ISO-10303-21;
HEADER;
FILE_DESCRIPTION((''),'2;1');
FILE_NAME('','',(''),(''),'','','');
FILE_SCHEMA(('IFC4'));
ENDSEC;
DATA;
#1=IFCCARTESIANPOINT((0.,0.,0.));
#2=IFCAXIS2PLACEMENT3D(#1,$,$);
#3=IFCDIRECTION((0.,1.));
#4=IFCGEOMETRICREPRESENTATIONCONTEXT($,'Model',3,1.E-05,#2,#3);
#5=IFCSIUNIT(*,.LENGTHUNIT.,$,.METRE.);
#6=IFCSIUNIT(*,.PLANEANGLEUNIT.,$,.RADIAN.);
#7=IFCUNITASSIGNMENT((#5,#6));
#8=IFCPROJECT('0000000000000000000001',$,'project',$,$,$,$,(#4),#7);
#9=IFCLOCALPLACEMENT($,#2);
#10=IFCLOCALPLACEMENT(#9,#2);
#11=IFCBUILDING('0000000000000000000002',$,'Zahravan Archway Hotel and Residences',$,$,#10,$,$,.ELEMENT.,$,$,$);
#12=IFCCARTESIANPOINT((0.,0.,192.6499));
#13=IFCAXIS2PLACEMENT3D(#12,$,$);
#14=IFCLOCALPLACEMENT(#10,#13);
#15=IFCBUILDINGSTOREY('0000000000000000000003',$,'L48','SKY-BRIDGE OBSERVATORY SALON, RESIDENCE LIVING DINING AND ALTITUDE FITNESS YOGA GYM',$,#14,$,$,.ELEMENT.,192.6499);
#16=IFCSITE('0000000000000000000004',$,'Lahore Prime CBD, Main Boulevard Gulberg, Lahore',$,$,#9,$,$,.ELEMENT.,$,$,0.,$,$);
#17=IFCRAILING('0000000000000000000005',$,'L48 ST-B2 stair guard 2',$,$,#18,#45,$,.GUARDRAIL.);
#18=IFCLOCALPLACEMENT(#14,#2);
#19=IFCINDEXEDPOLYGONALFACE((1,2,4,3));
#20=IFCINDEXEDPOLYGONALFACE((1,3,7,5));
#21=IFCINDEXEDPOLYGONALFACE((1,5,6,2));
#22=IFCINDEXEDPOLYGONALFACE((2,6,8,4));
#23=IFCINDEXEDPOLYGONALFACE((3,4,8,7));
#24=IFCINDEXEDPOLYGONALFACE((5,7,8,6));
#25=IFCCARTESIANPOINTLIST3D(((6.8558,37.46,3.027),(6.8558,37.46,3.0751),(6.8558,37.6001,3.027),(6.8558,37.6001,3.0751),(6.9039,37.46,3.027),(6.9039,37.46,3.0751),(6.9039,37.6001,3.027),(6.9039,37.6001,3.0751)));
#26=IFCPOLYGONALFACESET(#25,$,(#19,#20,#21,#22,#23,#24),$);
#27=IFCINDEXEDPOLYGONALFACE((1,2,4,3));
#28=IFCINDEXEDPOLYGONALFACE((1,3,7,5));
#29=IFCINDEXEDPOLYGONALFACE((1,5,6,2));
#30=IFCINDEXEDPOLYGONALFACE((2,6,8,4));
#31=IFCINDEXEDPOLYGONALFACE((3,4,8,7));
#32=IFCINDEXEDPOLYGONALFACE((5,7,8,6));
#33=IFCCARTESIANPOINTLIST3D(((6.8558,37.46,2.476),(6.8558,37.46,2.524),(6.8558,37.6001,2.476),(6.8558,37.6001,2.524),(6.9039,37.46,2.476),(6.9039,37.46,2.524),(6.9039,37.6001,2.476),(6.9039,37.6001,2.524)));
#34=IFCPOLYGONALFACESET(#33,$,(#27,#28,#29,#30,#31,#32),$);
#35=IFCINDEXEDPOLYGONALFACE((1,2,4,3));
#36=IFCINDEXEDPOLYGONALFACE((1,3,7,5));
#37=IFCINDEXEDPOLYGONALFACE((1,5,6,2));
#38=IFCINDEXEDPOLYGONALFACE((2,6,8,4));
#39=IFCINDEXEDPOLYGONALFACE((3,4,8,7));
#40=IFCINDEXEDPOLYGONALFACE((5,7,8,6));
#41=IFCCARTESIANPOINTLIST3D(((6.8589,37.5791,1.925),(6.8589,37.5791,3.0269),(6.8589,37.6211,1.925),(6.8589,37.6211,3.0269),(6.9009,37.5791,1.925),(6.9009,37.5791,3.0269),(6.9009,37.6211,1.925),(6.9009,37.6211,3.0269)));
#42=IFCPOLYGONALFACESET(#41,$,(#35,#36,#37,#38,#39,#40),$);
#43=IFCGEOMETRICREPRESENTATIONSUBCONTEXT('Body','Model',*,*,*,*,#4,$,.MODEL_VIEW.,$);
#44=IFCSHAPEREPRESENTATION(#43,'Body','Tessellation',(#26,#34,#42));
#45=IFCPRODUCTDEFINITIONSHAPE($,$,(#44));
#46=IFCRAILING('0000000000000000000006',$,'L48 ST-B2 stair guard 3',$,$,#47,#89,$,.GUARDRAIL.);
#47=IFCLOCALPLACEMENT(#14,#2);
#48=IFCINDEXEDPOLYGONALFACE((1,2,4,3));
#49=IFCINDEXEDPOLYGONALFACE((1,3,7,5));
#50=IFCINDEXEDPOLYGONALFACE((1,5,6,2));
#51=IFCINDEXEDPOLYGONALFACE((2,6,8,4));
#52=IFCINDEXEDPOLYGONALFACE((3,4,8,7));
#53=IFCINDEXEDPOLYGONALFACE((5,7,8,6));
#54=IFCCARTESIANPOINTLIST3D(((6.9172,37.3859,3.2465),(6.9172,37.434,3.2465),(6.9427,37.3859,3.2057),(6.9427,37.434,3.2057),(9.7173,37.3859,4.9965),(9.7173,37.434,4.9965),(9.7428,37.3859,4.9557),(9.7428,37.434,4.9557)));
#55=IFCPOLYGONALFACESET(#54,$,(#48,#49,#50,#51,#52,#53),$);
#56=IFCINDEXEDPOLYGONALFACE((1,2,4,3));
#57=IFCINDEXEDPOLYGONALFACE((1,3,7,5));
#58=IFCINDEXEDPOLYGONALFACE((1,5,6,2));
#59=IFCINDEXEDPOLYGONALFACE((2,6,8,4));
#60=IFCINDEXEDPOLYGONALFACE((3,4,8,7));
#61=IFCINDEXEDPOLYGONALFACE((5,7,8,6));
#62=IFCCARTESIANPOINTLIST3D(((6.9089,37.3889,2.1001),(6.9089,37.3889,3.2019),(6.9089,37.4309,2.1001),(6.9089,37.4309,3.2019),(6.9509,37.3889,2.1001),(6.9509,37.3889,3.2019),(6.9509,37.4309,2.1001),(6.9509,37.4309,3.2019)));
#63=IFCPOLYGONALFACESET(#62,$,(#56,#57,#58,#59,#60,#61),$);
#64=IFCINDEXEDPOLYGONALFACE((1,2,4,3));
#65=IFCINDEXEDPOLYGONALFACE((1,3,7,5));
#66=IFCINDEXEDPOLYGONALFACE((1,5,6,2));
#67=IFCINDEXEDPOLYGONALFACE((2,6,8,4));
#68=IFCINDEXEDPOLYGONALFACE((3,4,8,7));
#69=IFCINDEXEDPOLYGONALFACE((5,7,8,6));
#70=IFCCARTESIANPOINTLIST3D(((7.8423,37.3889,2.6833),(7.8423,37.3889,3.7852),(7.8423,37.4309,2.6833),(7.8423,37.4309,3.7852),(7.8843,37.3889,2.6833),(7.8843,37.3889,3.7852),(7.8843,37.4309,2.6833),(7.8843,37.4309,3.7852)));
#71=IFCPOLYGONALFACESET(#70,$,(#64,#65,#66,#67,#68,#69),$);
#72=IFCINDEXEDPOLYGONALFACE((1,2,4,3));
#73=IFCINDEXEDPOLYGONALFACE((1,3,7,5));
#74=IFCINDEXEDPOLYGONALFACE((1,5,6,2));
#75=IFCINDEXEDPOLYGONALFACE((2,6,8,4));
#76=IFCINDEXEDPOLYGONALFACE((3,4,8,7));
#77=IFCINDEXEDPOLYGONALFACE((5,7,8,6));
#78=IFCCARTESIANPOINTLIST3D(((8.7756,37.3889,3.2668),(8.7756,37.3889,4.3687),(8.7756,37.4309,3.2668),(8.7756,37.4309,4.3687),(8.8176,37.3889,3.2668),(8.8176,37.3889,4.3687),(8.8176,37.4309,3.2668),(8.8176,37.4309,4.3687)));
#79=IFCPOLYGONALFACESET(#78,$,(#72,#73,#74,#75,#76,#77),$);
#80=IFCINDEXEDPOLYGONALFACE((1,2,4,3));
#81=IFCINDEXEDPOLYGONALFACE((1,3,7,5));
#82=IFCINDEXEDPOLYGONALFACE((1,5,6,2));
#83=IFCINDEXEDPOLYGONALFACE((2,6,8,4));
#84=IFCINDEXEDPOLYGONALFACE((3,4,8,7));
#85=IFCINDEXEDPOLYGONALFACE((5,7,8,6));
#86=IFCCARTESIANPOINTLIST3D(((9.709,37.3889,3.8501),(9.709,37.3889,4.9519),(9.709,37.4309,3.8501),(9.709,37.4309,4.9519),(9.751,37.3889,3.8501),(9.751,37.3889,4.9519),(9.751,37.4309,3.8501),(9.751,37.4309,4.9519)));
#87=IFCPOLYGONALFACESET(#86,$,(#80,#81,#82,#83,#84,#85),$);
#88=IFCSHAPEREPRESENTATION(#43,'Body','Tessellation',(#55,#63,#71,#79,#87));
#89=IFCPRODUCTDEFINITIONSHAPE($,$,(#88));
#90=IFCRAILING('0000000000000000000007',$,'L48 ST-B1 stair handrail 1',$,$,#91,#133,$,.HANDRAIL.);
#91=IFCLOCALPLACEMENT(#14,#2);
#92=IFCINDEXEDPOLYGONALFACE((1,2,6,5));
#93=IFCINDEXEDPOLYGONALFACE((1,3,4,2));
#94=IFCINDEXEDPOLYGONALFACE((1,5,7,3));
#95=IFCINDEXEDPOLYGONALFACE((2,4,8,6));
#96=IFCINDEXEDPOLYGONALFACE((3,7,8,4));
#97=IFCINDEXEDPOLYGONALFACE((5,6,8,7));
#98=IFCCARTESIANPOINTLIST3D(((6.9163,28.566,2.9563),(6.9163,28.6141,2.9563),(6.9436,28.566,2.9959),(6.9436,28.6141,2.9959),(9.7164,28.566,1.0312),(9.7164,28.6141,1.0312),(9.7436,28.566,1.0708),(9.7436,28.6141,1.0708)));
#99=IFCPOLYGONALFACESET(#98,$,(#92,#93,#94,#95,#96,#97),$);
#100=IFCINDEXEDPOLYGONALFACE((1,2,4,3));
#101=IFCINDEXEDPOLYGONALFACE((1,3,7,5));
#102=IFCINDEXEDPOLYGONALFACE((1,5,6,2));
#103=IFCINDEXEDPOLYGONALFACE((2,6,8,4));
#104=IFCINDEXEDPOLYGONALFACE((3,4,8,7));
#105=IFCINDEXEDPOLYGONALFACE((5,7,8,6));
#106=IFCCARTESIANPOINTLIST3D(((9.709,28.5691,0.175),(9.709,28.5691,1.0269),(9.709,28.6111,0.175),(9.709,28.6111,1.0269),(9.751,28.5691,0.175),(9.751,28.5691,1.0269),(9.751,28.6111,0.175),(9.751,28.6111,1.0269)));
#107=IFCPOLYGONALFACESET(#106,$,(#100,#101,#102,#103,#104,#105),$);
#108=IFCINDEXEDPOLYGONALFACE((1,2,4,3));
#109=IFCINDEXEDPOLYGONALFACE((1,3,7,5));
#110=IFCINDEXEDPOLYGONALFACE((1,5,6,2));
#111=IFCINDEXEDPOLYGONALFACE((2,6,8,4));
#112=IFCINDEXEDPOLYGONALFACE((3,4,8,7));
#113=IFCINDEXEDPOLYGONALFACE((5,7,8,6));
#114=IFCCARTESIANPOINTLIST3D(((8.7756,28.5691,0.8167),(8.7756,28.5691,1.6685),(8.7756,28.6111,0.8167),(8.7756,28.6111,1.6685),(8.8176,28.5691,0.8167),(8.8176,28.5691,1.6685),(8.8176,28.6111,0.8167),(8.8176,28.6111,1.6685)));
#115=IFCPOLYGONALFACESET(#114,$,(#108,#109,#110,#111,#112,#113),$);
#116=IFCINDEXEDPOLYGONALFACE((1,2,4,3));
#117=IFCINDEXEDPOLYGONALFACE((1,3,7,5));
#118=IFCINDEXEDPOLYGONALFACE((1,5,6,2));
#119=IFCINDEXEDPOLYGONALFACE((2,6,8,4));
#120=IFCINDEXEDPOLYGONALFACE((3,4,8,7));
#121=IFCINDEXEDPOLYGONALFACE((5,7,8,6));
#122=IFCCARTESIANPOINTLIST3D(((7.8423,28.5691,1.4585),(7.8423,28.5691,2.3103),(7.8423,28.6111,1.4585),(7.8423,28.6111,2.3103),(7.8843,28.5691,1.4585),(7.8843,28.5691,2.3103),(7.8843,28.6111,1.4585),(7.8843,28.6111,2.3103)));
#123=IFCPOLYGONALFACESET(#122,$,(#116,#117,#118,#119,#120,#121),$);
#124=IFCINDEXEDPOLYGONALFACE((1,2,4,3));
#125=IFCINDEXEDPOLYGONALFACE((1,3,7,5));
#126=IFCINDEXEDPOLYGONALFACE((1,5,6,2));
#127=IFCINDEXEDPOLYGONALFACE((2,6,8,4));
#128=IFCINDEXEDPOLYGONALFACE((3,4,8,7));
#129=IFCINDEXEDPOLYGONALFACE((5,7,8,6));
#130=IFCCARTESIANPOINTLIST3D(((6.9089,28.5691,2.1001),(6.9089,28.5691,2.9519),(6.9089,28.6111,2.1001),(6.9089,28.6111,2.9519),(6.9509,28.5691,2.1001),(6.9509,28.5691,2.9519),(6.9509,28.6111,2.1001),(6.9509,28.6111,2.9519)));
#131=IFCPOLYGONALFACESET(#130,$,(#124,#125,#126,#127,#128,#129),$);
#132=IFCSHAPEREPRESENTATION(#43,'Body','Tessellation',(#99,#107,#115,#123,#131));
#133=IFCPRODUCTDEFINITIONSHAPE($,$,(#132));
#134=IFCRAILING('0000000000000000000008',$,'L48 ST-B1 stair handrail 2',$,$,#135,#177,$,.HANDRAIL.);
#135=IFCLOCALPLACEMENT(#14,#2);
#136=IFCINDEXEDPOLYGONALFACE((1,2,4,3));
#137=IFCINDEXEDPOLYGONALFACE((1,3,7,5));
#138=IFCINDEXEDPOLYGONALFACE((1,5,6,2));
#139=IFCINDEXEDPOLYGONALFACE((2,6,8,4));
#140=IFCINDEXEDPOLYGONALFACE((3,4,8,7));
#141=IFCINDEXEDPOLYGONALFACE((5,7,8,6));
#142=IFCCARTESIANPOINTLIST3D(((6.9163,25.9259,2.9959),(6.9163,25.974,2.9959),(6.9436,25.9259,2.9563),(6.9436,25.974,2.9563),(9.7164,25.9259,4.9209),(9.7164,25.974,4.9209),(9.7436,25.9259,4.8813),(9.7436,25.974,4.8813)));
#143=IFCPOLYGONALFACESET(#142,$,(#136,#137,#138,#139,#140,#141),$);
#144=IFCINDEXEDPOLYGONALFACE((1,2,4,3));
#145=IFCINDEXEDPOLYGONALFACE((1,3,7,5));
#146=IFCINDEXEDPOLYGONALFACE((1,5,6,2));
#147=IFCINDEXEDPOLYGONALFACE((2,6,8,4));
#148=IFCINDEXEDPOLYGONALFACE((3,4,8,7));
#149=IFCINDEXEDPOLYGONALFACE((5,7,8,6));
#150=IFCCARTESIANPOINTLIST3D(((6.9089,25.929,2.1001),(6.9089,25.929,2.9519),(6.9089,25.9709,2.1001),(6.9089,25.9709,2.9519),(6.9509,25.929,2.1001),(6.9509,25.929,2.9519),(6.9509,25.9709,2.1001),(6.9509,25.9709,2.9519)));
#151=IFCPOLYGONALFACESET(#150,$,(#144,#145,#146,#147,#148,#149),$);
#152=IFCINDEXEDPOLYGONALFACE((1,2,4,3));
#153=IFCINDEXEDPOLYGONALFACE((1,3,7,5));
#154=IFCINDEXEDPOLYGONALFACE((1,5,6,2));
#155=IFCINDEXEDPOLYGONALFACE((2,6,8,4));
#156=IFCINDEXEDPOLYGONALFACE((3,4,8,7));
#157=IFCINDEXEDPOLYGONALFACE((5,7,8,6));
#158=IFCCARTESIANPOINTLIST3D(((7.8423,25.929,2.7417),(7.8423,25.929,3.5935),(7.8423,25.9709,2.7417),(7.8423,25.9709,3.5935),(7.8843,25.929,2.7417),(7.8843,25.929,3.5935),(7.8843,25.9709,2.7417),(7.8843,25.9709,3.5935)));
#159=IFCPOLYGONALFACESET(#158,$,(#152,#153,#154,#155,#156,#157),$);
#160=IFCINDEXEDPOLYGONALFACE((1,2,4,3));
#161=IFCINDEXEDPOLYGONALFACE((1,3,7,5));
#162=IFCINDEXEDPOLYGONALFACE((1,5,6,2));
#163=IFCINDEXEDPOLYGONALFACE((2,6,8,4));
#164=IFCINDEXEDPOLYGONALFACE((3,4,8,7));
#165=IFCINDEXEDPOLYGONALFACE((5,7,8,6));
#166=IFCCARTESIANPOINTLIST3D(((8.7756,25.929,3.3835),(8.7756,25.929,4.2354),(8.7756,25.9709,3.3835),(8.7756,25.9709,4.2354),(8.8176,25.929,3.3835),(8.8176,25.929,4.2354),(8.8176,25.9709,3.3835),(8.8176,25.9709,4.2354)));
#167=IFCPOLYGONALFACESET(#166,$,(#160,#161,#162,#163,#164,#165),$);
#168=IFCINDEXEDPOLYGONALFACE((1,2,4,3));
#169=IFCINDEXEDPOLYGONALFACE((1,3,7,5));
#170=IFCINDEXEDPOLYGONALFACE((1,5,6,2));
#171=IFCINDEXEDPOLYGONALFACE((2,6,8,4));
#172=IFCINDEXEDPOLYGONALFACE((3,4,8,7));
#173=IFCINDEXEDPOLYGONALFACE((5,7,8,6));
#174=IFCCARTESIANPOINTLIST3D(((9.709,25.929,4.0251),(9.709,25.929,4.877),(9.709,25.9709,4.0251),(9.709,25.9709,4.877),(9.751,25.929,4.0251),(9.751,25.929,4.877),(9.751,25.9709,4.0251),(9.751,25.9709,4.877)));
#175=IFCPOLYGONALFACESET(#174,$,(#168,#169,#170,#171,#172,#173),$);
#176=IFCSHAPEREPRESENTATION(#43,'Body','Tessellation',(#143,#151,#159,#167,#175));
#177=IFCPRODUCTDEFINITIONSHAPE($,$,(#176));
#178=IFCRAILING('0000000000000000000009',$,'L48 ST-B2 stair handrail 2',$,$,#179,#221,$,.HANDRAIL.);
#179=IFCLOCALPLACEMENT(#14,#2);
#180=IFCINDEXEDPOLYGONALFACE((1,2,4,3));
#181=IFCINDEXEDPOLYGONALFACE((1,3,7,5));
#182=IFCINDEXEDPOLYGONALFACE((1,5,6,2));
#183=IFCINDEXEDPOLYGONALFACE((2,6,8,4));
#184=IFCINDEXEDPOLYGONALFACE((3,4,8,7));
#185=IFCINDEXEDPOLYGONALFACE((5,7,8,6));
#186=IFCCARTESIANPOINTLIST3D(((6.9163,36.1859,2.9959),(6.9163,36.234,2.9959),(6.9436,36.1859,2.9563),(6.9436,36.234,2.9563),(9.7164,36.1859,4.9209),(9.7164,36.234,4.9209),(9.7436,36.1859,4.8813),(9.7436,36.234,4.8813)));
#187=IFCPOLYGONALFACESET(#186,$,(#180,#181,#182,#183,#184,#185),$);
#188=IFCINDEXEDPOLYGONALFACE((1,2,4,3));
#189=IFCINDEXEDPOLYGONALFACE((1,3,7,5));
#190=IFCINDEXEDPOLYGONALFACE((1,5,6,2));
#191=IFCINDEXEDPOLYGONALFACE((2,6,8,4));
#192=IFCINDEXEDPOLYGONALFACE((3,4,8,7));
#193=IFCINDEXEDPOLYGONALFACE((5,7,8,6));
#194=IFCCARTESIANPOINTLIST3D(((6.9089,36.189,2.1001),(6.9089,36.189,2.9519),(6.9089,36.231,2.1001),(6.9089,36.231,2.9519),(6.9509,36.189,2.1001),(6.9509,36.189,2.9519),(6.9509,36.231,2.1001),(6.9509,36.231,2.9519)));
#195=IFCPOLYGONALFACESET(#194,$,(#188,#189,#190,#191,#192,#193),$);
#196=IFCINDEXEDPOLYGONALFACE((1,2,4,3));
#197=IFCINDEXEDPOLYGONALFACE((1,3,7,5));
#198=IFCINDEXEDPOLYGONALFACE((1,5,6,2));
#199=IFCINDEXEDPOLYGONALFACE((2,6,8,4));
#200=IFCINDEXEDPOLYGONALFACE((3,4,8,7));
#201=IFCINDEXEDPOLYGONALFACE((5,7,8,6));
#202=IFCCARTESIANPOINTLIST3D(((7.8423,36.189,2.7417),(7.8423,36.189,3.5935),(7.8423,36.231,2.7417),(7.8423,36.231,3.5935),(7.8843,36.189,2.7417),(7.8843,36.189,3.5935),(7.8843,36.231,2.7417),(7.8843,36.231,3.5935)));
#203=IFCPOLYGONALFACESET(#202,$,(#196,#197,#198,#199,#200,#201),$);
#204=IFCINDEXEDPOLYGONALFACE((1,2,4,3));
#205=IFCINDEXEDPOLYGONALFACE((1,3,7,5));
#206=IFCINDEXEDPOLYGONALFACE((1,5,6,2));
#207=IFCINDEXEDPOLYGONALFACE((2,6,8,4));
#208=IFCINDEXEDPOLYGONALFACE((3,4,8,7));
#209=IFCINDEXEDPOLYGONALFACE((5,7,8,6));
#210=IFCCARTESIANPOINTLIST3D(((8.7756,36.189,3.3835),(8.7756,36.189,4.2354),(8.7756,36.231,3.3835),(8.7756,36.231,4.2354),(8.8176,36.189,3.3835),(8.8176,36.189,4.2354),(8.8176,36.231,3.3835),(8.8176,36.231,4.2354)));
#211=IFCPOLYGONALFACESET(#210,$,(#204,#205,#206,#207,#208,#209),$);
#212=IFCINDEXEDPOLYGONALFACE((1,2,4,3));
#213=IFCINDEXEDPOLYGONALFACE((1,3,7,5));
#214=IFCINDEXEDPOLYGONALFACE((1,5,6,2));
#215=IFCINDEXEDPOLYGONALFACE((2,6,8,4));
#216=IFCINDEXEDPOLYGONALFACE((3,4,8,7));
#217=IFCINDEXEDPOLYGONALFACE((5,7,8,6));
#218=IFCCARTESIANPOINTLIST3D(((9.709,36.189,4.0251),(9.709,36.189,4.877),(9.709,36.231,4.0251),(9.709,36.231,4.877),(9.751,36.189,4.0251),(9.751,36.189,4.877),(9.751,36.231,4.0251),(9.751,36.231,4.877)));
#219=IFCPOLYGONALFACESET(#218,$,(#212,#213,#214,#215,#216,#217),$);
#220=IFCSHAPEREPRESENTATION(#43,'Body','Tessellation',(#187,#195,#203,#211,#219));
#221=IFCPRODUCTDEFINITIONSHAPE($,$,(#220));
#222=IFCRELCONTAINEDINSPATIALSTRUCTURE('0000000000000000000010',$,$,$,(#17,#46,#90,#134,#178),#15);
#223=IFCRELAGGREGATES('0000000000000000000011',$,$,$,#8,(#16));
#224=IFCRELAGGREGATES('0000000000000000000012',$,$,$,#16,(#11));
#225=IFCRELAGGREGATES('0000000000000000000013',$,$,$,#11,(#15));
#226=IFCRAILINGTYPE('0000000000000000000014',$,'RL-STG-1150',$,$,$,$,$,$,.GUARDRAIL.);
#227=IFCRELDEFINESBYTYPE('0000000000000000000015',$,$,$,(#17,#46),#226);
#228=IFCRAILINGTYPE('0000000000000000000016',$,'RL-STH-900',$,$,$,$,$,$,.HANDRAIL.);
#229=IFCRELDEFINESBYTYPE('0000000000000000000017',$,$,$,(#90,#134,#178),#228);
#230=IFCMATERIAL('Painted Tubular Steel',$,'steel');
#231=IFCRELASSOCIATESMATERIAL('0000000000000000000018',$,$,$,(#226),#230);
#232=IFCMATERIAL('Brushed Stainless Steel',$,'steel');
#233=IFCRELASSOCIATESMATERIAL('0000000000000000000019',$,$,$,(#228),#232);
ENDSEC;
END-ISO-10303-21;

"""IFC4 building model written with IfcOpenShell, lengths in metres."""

from ifc_helpers import new_model, si_unit, direction, frame, origin, origin_2d, place, context, subcontext, project, spatial, rectangle, extrude, material, type_object, element, save


model = new_model("IFC4")

# Units and contexts
model_context = context("Model", 3, precision=1e-05, world=origin(), true_north=direction((0.0, 1.0)))
body_context = subcontext(model_context, "Body", "Model", "MODEL_VIEW")
ifc_project = project(units=[si_unit("LENGTHUNIT", "METRE"), si_unit("PLANEANGLEUNIT", "RADIAN")], contexts=[model_context])

# Site, building, storey
site_placement = place(None, origin())
site = spatial("IfcSite", under=ifc_project, at=site_placement, Name="Lahore Prime CBD, Main Boulevard Gulberg, Lahore", CompositionType="ELEMENT", RefElevation=0.0)
building_placement = place(site_placement, origin())
building = spatial("IfcBuilding", under=site, at=building_placement, Name="Zahravan Archway Hotel and Residences", CompositionType="ELEMENT")
storey_placement = place(building_placement, frame((0.0, 0.0, 192.6499)))
storey = spatial("IfcBuildingStorey", under=building, at=storey_placement, Name="L48", Description="SKY-BRIDGE OBSERVATORY SALON, RESIDENCE LIVING DINING AND ALTITUDE FITNESS YOGA GYM", CompositionType="ELEMENT", Elevation=192.6499)

# Shared definitions
ifc_material_1 = material(Name="Brushed Stainless Steel", Category="steel")

# Railings
ifc_material_2 = material(Name="Painted Tubular Steel", Category="steel")
railing_type_1 = type_object("IfcRailingType", Name="RL-STG-1150", PredefinedType="GUARDRAIL", material=ifc_material_2)
for number, where, name in (
    (1, (6.8799, 37.6001, 1.925), "L48 ST-B2 stair guard 2"),
):
    element("IfcRailing", number, at=place(storey_placement, frame(where)), inside=storey, type_object=railing_type_1, Name=name, PredefinedType="GUARDRAIL", context=body_context, shape_type="SweptSolid", body=[
        extrude(rectangle(XDim=0.0481, YDim=0.0481, at=origin_2d()), frame((0.0, 0.0, 1.126), z_axis=(0.0, -1.0, 0.0), x_axis=(1.0, 0.0, 0.0)), (0.0, 0.0, 1.0), 0.1401),
        extrude(rectangle(XDim=0.0481, YDim=0.0481, at=origin_2d()), frame((0.0, 0.0, 0.575), z_axis=(0.0, -1.0, 0.0), x_axis=(1.0, 0.0, 0.0)), (0.0, 0.0, 1.0), 0.1401),
        extrude(rectangle(XDim=0.042, YDim=0.042, at=origin_2d()), origin(), (0.0, 0.0, 1.0), 1.1018),
    ])
railing_1_placement = place(storey_placement, frame((6.9299, 37.4099, 2.1001)))
element("IfcRailing", 2, at=railing_1_placement, inside=storey, type_object=railing_type_1, Name="L48 ST-B2 stair guard 3", PredefinedType="GUARDRAIL", context=body_context, shape_type="SweptSolid", body=[
    extrude(rectangle(XDim=0.0481, YDim=0.0481, at=origin_2d()), frame((0.0, 0.0, 1.126), z_axis=(0.848002, 0.0, 0.529992), x_axis=(0.0, 1.0, 0.0)), (0.0, 0.0, 1.0), 3.302),
    extrude(rectangle(XDim=0.042, YDim=0.042, at=origin_2d()), origin(), (0.0, 0.0, 1.0), 1.1018),
    extrude(rectangle(XDim=0.042, YDim=0.042, at=origin_2d()), frame((0.9333, 0.0, 0.5833)), (0.0, 0.0, 1.0), 1.1018),
    extrude(rectangle(XDim=0.042, YDim=0.042, at=origin_2d()), frame((1.8667, 0.0, 1.1667)), (0.0, 0.0, 1.0), 1.1018),
    extrude(rectangle(XDim=0.042, YDim=0.042, at=origin_2d()), frame((2.8, 0.0, 1.75)), (0.0, 0.0, 1.0), 1.1018),
])
railing_type_2 = type_object("IfcRailingType", Name="RL-STH-900", PredefinedType="HANDRAIL", material=ifc_material_1)
railing_2_placement = place(storey_placement, frame((9.73, 28.5901, 0.175)))
element("IfcRailing", 3, at=railing_2_placement, inside=storey, type_object=railing_type_2, Name="L48 ST-B1 stair handrail 1", PredefinedType="HANDRAIL", context=body_context, shape_type="SweptSolid", body=[
    extrude(rectangle(XDim=0.0481, YDim=0.0481, at=origin_2d()), frame((0.0, 0.0, 0.876), z_axis=(-0.82404, 0.0, 0.566532), x_axis=(0.0, -1.0, 0.0)), (0.0, 0.0, 1.0), 3.3979),
    extrude(rectangle(XDim=0.042, YDim=0.042, at=origin_2d()), origin(), (0.0, 0.0, 1.0), 0.8518),
    extrude(rectangle(XDim=0.042, YDim=0.042, at=origin_2d()), frame((-0.9333, 0.0, 0.6416)), (0.0, 0.0, 1.0), 0.8518),
    extrude(rectangle(XDim=0.042, YDim=0.042, at=origin_2d()), frame((-1.8667, 0.0, 1.2834)), (0.0, 0.0, 1.0), 0.8518),
    extrude(rectangle(XDim=0.042, YDim=0.042, at=origin_2d()), frame((-2.8, 0.0, 1.925)), (0.0, 0.0, 1.0), 0.8518),
])
for number, where, name in (
    (4, (6.9299, 25.95, 2.1001), "L48 ST-B1 stair handrail 2"),
    (5, (6.9299, 36.21, 2.1001), "L48 ST-B2 stair handrail 2"),
):
    element("IfcRailing", number, at=place(storey_placement, frame(where)), inside=storey, type_object=railing_type_2, Name=name, PredefinedType="HANDRAIL", context=body_context, shape_type="SweptSolid", body=[
        extrude(rectangle(XDim=0.0481, YDim=0.0481, at=origin_2d()), frame((0.0, 0.0, 0.876), z_axis=(0.82404, 0.0, 0.566532), x_axis=(0.0, 1.0, 0.0)), (0.0, 0.0, 1.0), 3.3979),
        extrude(rectangle(XDim=0.042, YDim=0.042, at=origin_2d()), origin(), (0.0, 0.0, 1.0), 0.8518),
        extrude(rectangle(XDim=0.042, YDim=0.042, at=origin_2d()), frame((0.9333, 0.0, 0.6416)), (0.0, 0.0, 1.0), 0.8518),
        extrude(rectangle(XDim=0.042, YDim=0.042, at=origin_2d()), frame((1.8667, 0.0, 1.2834)), (0.0, 0.0, 1.0), 0.8518),
        extrude(rectangle(XDim=0.042, YDim=0.042, at=origin_2d()), frame((2.8, 0.0, 1.925)), (0.0, 0.0, 1.0), 0.8518),
    ])

save(model, "model.ifc")
